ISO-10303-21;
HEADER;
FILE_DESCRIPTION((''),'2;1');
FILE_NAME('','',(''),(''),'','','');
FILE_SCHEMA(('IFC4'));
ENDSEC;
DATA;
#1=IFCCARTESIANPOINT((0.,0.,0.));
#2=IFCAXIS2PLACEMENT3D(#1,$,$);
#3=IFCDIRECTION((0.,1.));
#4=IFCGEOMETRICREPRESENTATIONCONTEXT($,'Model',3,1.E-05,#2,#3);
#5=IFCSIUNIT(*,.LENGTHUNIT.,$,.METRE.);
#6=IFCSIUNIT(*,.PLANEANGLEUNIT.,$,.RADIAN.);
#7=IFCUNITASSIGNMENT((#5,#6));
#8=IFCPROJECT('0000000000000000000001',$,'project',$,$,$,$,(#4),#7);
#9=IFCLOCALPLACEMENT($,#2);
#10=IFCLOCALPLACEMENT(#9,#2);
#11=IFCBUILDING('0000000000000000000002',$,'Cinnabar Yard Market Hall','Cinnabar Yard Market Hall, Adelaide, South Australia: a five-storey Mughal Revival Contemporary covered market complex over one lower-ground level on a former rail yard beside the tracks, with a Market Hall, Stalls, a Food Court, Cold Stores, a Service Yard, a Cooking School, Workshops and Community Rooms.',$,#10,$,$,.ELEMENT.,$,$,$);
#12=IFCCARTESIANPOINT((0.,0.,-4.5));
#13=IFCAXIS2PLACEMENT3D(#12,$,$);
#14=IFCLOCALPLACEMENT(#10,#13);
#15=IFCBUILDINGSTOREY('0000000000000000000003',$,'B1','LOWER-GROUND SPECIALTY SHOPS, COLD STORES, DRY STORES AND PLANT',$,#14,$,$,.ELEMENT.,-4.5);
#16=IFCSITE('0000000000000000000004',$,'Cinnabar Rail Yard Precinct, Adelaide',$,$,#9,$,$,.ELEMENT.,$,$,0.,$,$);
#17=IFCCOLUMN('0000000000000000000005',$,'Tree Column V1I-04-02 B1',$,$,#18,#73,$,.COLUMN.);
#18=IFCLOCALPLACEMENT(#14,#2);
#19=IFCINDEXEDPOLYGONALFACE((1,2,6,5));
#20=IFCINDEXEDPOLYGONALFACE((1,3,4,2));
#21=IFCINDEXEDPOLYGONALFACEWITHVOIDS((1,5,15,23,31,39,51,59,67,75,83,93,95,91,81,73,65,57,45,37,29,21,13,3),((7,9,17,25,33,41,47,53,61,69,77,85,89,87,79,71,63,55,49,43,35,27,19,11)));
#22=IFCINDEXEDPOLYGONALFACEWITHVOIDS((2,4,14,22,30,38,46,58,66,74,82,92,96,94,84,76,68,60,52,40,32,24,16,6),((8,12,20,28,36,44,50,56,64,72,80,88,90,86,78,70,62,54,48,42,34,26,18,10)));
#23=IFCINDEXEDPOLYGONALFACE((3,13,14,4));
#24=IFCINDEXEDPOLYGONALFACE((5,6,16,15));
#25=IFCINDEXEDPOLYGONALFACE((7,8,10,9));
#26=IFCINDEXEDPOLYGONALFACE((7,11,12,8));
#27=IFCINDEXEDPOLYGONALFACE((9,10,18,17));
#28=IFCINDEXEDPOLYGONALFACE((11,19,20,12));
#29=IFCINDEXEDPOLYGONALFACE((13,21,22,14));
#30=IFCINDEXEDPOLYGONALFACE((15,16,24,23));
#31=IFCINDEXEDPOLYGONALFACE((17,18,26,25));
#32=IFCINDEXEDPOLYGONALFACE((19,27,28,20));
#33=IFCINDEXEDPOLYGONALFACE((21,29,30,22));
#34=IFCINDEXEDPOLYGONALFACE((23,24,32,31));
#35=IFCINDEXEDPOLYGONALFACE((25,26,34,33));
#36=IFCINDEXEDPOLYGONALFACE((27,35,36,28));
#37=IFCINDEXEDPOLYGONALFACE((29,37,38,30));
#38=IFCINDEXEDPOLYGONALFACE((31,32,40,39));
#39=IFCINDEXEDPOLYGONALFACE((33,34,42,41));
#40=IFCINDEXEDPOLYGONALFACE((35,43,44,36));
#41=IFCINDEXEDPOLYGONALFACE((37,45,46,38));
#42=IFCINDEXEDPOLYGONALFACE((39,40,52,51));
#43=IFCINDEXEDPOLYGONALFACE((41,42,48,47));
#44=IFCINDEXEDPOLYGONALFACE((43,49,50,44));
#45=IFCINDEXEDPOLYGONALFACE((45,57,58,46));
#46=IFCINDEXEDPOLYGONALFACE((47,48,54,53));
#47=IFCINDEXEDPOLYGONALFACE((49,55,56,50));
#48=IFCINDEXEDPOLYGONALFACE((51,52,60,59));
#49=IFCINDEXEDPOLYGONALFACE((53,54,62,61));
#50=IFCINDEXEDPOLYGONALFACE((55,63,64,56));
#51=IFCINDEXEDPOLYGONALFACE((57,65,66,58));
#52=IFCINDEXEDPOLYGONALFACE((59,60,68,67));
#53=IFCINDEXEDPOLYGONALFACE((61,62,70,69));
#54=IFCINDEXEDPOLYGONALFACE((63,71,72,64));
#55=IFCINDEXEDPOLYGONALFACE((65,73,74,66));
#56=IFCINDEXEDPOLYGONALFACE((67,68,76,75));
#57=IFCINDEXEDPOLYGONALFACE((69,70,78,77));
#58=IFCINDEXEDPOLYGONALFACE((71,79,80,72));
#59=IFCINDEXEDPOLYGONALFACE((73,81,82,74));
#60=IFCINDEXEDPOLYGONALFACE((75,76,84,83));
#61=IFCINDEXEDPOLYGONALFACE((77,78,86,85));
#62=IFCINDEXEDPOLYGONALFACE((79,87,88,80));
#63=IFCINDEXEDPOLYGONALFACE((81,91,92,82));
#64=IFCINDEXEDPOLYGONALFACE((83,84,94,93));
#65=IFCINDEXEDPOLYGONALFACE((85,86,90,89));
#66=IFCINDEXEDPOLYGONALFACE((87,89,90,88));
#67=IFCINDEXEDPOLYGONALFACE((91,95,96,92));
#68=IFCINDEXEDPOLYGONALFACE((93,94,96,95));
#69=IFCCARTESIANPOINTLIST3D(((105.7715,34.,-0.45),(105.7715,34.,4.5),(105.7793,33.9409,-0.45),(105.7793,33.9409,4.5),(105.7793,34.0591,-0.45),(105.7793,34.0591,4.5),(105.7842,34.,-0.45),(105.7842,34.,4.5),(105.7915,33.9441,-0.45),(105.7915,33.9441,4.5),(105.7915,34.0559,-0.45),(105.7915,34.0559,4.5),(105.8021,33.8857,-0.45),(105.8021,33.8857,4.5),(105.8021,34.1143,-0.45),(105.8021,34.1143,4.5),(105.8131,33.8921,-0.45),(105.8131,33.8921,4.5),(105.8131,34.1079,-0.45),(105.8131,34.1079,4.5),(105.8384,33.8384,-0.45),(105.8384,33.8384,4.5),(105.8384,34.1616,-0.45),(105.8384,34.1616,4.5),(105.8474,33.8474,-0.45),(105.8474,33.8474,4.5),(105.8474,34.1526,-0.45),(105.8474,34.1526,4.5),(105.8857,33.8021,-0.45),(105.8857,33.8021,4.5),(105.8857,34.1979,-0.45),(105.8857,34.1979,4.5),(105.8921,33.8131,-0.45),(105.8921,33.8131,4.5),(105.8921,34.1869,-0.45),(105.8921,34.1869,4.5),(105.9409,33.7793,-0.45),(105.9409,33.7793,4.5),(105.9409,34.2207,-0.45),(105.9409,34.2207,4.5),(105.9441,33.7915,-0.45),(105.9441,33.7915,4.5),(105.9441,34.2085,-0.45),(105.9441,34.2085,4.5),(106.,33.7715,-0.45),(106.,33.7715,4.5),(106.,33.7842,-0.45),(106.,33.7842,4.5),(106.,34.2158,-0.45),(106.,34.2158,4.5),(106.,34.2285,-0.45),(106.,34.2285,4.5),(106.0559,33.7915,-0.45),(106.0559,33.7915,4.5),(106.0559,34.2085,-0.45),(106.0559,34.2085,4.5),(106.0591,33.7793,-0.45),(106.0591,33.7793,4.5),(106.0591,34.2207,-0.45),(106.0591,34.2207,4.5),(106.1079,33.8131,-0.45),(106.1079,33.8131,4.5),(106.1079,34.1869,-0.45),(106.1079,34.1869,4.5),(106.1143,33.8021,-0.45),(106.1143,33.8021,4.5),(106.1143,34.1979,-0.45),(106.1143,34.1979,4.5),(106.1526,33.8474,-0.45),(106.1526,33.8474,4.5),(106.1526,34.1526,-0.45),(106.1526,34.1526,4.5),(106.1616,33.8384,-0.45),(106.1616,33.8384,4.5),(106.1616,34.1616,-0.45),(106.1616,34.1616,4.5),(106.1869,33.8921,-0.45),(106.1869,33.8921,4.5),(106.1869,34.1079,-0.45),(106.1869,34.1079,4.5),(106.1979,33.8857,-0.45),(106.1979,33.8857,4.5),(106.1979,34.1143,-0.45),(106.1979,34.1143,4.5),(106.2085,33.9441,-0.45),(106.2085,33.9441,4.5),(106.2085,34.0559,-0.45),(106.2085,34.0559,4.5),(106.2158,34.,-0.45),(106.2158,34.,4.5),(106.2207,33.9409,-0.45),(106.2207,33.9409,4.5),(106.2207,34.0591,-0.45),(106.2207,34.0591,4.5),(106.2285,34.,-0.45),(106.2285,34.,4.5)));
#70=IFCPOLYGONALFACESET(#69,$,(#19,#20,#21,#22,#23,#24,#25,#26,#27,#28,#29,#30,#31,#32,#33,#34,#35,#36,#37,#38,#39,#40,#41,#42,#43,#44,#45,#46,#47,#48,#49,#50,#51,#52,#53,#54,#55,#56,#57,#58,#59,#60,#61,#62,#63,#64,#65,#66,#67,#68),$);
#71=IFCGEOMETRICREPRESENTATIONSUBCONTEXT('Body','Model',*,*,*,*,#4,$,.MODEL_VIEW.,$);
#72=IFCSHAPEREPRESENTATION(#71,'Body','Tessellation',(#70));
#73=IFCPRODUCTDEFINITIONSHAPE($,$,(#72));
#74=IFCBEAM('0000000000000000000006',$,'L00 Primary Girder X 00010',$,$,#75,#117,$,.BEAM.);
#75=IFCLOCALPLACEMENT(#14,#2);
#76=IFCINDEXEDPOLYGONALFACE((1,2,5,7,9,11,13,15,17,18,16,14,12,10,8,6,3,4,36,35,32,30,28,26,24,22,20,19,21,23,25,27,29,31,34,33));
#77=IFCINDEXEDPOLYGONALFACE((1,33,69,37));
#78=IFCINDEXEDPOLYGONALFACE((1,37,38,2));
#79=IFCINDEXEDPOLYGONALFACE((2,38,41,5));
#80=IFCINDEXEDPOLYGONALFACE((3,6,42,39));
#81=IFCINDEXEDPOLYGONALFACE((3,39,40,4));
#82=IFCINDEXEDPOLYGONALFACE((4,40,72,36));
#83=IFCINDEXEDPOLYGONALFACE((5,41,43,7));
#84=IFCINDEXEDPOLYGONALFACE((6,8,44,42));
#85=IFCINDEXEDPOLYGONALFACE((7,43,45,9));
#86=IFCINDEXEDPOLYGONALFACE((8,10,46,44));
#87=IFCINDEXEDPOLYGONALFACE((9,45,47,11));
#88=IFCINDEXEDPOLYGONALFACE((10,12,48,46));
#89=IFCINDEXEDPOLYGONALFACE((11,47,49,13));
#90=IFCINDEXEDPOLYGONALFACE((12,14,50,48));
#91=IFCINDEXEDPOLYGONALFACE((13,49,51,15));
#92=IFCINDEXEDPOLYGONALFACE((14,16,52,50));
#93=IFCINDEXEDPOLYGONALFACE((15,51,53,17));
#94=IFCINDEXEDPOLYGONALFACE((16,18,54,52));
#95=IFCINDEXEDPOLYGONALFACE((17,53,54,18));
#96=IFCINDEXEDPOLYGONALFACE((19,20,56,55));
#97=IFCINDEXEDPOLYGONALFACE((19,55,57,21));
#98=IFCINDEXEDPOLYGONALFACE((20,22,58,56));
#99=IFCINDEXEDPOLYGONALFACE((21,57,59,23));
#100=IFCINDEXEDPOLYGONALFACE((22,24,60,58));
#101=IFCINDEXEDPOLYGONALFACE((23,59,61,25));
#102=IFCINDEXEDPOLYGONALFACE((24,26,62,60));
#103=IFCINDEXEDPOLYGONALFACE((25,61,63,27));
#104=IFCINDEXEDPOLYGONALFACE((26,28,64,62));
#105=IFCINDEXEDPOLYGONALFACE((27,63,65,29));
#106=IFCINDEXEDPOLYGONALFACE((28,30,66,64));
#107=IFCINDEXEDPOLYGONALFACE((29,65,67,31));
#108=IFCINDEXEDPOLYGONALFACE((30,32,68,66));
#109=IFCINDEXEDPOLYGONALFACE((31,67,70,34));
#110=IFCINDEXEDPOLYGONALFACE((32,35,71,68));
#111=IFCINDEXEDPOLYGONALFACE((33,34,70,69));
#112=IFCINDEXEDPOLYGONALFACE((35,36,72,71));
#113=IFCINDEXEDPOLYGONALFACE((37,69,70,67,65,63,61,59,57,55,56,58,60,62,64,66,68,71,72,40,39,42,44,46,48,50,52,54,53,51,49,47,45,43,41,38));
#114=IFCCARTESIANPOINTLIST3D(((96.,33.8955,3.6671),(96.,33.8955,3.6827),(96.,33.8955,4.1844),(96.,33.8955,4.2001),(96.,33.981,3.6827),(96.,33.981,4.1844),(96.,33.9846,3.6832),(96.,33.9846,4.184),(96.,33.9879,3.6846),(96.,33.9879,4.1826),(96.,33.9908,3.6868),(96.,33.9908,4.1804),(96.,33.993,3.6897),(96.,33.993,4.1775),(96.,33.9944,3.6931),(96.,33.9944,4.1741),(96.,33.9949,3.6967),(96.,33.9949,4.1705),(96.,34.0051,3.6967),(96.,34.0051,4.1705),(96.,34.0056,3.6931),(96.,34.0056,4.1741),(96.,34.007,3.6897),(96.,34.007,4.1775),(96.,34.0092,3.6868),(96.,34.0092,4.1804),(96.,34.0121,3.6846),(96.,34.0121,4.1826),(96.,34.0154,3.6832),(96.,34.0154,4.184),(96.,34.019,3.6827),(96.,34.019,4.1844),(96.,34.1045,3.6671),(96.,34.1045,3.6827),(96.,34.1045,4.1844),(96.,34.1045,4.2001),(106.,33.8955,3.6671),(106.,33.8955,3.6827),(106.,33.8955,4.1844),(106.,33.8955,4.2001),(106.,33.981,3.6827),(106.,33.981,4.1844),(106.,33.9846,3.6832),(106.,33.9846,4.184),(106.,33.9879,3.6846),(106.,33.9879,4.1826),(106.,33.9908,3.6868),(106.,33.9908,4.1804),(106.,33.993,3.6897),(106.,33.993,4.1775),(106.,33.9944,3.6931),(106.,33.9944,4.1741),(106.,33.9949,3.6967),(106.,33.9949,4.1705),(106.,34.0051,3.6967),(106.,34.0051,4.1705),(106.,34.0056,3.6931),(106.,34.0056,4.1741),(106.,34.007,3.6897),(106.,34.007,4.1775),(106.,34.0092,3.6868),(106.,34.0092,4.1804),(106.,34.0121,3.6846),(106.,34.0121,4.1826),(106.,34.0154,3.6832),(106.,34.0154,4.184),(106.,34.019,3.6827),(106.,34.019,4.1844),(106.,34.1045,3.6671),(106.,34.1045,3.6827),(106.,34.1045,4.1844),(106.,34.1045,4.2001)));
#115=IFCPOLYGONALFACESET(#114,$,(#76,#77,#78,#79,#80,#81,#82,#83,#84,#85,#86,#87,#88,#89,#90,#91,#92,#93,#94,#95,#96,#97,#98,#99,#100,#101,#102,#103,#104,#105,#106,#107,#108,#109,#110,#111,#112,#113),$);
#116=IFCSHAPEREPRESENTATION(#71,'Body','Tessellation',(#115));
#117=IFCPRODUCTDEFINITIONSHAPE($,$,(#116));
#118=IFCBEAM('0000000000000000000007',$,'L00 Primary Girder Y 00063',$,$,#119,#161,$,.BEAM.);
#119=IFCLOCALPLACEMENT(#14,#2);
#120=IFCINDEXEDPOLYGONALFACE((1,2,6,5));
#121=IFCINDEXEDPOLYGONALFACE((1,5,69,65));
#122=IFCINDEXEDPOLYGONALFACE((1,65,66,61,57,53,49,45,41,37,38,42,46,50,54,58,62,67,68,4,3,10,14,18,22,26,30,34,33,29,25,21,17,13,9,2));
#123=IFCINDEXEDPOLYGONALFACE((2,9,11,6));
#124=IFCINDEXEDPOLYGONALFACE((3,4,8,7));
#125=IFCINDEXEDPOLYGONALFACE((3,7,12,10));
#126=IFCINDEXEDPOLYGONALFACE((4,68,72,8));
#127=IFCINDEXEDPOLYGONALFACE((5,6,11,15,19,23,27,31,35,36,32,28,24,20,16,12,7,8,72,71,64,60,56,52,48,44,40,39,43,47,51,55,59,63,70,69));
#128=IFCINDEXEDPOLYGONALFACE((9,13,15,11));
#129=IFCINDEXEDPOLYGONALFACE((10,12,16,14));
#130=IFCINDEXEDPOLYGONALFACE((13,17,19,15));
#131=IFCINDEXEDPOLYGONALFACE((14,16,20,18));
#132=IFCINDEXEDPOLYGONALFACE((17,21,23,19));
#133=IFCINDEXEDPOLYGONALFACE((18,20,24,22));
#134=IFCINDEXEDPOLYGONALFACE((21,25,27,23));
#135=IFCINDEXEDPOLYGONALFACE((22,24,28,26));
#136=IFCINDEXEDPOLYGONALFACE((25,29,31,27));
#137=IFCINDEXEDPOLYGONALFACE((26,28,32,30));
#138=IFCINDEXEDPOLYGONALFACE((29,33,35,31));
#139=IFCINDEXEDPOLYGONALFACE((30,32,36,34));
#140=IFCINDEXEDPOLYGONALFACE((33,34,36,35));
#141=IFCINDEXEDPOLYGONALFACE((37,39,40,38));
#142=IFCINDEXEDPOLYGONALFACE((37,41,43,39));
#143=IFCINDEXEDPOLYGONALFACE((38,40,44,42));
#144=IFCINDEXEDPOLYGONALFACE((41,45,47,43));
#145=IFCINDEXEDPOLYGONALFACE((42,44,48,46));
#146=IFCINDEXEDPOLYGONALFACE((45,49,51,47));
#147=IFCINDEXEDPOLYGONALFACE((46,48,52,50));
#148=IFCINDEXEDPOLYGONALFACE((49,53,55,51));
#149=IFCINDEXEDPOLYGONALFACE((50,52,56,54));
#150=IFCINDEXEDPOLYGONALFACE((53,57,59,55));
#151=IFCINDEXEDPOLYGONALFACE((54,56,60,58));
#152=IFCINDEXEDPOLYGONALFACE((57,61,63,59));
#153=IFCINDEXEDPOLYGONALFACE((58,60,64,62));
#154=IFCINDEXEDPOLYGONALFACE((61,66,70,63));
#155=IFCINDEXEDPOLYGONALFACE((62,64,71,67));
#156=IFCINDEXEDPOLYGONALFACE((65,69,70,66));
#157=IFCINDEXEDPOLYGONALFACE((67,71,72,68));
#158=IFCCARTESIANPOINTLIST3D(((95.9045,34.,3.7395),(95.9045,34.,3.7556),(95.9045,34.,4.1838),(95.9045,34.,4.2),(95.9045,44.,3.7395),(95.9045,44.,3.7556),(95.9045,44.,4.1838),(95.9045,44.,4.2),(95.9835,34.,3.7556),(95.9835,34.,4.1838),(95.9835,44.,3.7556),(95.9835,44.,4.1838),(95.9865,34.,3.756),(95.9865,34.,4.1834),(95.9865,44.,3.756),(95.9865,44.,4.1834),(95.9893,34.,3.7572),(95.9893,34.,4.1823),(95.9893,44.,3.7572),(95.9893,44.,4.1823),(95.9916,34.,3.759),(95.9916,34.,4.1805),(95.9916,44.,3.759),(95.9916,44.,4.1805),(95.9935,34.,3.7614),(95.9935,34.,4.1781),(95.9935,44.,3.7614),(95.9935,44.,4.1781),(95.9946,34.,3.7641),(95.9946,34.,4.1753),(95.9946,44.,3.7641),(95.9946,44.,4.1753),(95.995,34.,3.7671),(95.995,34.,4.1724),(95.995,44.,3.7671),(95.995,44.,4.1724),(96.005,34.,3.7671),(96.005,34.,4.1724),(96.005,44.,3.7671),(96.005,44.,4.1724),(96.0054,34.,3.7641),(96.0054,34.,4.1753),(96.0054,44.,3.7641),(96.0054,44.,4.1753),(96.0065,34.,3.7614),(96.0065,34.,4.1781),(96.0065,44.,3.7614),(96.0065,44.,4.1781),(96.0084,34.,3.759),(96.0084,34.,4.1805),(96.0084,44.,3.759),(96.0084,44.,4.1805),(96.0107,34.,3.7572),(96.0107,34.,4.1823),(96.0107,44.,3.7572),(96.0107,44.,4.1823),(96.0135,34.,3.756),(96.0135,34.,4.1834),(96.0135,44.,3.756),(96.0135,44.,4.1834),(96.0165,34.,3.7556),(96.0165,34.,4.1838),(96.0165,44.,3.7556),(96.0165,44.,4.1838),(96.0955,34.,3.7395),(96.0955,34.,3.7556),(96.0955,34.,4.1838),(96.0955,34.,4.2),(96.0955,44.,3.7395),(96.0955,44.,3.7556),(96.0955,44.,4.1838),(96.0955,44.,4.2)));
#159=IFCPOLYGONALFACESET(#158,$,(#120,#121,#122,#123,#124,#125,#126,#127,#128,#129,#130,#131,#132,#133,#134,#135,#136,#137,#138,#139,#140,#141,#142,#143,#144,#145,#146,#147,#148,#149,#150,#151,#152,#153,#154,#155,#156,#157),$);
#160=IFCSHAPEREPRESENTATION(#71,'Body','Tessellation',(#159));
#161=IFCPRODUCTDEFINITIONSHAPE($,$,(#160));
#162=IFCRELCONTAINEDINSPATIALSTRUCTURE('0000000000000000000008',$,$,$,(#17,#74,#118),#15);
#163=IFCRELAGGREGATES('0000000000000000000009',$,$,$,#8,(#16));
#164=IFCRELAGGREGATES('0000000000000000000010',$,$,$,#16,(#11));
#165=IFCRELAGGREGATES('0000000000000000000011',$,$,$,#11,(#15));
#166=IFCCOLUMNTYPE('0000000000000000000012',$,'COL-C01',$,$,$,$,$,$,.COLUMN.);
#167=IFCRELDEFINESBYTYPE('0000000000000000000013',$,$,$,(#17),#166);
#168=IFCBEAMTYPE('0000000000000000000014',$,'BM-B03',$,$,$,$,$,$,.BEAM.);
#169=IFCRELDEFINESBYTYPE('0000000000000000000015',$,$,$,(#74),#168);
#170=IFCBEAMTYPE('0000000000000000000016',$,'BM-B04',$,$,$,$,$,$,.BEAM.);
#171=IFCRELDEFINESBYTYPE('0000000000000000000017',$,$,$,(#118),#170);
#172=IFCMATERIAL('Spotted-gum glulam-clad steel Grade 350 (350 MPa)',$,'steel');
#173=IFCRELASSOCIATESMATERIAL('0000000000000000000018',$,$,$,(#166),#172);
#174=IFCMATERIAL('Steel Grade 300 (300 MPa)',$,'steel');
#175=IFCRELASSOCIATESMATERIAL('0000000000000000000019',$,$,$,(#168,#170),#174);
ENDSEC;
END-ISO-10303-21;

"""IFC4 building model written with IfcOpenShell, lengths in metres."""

from ifc_helpers import new_model, si_unit, direction, frame, origin, origin_2d_with_axis, place, context, subcontext, project, spatial, hollow_circle, i_section, extrude, material, material_profile, profile_set, type_object, element, save


model = new_model("IFC4")

# Units and contexts
model_context = context("Model", 3, precision=1e-05, world=origin(), true_north=direction((0.0, 1.0)))
body_context = subcontext(model_context, "Body", "Model", "MODEL_VIEW")
ifc_project = project(units=[si_unit("LENGTHUNIT", "METRE"), si_unit("PLANEANGLEUNIT", "RADIAN")], contexts=[model_context])

# Site, building, storey
site_placement = place(None, origin())
site = spatial("IfcSite", under=ifc_project, at=site_placement, Name="Cinnabar Rail Yard Precinct, Adelaide", CompositionType="ELEMENT", RefElevation=0.0)
building_placement = place(site_placement, origin())
building = spatial("IfcBuilding", under=site, at=building_placement, Name="Cinnabar Yard Market Hall", Description="Cinnabar Yard Market Hall, Adelaide, South Australia: a five-storey Mughal Revival Contemporary covered market complex over one lower-ground level on a former rail yard beside the tracks, with a Market Hall, Stalls, a Food Court, Cold Stores, a Service Yard, a Cooking School, Workshops and Community Rooms.", CompositionType="ELEMENT")
storey_placement = place(building_placement, frame((0.0, 0.0, -4.5)))
storey = spatial("IfcBuildingStorey", under=building, at=storey_placement, Name="B1", Description="LOWER-GROUND SPECIALTY SHOPS, COLD STORES, DRY STORES AND PLANT", CompositionType="ELEMENT", Elevation=-4.5)

# Column
ifc_material_1 = material(Name="Spotted-gum glulam-clad steel Grade 350 (350 MPa)", Category="steel")
ifc_material_profile_1 = material_profile(ifc_material_1, hollow_circle(Radius=0.2285, WallThickness=0.0127, at=origin_2d_with_axis()), Name="457.0x12.7CHS")
ifc_profile_set_1 = profile_set([ifc_material_profile_1], Name="Spotted-gum glulam-clad steel Grade 350 (350 MPa)")
column_type = type_object("IfcColumnType", Name="COL-C01", PredefinedType="COLUMN", material=ifc_profile_set_1)
for number, where, z_axis, x_axis, name in (
    (1, (106.0, 34.0, -0.45), (0.0, 0.0, 1.0), (1.0, 0.0, 0.0), "Tree Column V1I-04-02 B1"),
):
    element("IfcColumn", number, at=place(storey_placement, frame(where, z_axis=z_axis, x_axis=x_axis)), inside=storey, type_object=column_type, Name=name, PredefinedType="COLUMN", context=body_context, shape_type="SweptSolid", body=[
        extrude(hollow_circle(Radius=0.2285, WallThickness=0.0127, at=origin_2d_with_axis()), origin(), (0.0, 0.0, 1.0), 4.95),
    ])

# Beams
ifc_material_2 = material(Name="Steel Grade 300 (300 MPa)", Category="steel")
ifc_material_profile_2 = material_profile(ifc_material_2, i_section(OverallWidth=0.209, OverallDepth=0.533, WebThickness=0.0103, FlangeThickness=0.0156, FilletRadius=0.0139, at=origin_2d_with_axis()), Name="530UB92.4")
ifc_profile_set_2 = profile_set([ifc_material_profile_2], Name="Steel Grade 300 (300 MPa)")
beam_type_1 = type_object("IfcBeamType", Name="BM-B03", PredefinedType="BEAM", material=ifc_profile_set_2)
beam_1_placement = place(storey_placement, frame((96.0, 34.0, 3.9336), z_axis=(1.0, 0.0, 0.0), x_axis=(0.0, 1.0, 0.0)))
element("IfcBeam", 2, at=beam_1_placement, inside=storey, type_object=beam_type_1, Name="L00 Primary Girder X 00010", PredefinedType="BEAM", context=body_context, shape_type="SweptSolid", body=[
    extrude(i_section(OverallWidth=0.209, OverallDepth=0.533, WebThickness=0.0103, FlangeThickness=0.0156, FilletRadius=0.0139, at=origin_2d_with_axis()), origin(), (0.0, 0.0, 1.0), 10.0),
])
ifc_material_profile_3 = material_profile(ifc_material_2, i_section(OverallWidth=0.1909, OverallDepth=0.4604, WebThickness=0.01, FlangeThickness=0.0161, FilletRadius=0.0115, at=origin_2d_with_axis()), Name="460UB82.1")
ifc_profile_set_3 = profile_set([ifc_material_profile_3], Name="Steel Grade 300 (300 MPa)")
beam_type_2 = type_object("IfcBeamType", Name="BM-B04", PredefinedType="BEAM", material=ifc_profile_set_3)
for number, where, z_axis, x_axis, name in (
    (3, (96.0, 34.0, 3.9697), (0.0, 1.0, 0.0), (-1.0, 0.0, 0.0), "L00 Primary Girder Y 00063"),
):
    element("IfcBeam", number, at=place(storey_placement, frame(where, z_axis=z_axis, x_axis=x_axis)), inside=storey, type_object=beam_type_2, Name=name, PredefinedType="BEAM", context=body_context, shape_type="SweptSolid", body=[
        extrude(i_section(OverallWidth=0.1909, OverallDepth=0.4604, WebThickness=0.01, FlangeThickness=0.0161, FilletRadius=0.0115, at=origin_2d_with_axis()), origin(), (0.0, 0.0, 1.0), 10.0),
    ])

save(model, "model.ifc")
